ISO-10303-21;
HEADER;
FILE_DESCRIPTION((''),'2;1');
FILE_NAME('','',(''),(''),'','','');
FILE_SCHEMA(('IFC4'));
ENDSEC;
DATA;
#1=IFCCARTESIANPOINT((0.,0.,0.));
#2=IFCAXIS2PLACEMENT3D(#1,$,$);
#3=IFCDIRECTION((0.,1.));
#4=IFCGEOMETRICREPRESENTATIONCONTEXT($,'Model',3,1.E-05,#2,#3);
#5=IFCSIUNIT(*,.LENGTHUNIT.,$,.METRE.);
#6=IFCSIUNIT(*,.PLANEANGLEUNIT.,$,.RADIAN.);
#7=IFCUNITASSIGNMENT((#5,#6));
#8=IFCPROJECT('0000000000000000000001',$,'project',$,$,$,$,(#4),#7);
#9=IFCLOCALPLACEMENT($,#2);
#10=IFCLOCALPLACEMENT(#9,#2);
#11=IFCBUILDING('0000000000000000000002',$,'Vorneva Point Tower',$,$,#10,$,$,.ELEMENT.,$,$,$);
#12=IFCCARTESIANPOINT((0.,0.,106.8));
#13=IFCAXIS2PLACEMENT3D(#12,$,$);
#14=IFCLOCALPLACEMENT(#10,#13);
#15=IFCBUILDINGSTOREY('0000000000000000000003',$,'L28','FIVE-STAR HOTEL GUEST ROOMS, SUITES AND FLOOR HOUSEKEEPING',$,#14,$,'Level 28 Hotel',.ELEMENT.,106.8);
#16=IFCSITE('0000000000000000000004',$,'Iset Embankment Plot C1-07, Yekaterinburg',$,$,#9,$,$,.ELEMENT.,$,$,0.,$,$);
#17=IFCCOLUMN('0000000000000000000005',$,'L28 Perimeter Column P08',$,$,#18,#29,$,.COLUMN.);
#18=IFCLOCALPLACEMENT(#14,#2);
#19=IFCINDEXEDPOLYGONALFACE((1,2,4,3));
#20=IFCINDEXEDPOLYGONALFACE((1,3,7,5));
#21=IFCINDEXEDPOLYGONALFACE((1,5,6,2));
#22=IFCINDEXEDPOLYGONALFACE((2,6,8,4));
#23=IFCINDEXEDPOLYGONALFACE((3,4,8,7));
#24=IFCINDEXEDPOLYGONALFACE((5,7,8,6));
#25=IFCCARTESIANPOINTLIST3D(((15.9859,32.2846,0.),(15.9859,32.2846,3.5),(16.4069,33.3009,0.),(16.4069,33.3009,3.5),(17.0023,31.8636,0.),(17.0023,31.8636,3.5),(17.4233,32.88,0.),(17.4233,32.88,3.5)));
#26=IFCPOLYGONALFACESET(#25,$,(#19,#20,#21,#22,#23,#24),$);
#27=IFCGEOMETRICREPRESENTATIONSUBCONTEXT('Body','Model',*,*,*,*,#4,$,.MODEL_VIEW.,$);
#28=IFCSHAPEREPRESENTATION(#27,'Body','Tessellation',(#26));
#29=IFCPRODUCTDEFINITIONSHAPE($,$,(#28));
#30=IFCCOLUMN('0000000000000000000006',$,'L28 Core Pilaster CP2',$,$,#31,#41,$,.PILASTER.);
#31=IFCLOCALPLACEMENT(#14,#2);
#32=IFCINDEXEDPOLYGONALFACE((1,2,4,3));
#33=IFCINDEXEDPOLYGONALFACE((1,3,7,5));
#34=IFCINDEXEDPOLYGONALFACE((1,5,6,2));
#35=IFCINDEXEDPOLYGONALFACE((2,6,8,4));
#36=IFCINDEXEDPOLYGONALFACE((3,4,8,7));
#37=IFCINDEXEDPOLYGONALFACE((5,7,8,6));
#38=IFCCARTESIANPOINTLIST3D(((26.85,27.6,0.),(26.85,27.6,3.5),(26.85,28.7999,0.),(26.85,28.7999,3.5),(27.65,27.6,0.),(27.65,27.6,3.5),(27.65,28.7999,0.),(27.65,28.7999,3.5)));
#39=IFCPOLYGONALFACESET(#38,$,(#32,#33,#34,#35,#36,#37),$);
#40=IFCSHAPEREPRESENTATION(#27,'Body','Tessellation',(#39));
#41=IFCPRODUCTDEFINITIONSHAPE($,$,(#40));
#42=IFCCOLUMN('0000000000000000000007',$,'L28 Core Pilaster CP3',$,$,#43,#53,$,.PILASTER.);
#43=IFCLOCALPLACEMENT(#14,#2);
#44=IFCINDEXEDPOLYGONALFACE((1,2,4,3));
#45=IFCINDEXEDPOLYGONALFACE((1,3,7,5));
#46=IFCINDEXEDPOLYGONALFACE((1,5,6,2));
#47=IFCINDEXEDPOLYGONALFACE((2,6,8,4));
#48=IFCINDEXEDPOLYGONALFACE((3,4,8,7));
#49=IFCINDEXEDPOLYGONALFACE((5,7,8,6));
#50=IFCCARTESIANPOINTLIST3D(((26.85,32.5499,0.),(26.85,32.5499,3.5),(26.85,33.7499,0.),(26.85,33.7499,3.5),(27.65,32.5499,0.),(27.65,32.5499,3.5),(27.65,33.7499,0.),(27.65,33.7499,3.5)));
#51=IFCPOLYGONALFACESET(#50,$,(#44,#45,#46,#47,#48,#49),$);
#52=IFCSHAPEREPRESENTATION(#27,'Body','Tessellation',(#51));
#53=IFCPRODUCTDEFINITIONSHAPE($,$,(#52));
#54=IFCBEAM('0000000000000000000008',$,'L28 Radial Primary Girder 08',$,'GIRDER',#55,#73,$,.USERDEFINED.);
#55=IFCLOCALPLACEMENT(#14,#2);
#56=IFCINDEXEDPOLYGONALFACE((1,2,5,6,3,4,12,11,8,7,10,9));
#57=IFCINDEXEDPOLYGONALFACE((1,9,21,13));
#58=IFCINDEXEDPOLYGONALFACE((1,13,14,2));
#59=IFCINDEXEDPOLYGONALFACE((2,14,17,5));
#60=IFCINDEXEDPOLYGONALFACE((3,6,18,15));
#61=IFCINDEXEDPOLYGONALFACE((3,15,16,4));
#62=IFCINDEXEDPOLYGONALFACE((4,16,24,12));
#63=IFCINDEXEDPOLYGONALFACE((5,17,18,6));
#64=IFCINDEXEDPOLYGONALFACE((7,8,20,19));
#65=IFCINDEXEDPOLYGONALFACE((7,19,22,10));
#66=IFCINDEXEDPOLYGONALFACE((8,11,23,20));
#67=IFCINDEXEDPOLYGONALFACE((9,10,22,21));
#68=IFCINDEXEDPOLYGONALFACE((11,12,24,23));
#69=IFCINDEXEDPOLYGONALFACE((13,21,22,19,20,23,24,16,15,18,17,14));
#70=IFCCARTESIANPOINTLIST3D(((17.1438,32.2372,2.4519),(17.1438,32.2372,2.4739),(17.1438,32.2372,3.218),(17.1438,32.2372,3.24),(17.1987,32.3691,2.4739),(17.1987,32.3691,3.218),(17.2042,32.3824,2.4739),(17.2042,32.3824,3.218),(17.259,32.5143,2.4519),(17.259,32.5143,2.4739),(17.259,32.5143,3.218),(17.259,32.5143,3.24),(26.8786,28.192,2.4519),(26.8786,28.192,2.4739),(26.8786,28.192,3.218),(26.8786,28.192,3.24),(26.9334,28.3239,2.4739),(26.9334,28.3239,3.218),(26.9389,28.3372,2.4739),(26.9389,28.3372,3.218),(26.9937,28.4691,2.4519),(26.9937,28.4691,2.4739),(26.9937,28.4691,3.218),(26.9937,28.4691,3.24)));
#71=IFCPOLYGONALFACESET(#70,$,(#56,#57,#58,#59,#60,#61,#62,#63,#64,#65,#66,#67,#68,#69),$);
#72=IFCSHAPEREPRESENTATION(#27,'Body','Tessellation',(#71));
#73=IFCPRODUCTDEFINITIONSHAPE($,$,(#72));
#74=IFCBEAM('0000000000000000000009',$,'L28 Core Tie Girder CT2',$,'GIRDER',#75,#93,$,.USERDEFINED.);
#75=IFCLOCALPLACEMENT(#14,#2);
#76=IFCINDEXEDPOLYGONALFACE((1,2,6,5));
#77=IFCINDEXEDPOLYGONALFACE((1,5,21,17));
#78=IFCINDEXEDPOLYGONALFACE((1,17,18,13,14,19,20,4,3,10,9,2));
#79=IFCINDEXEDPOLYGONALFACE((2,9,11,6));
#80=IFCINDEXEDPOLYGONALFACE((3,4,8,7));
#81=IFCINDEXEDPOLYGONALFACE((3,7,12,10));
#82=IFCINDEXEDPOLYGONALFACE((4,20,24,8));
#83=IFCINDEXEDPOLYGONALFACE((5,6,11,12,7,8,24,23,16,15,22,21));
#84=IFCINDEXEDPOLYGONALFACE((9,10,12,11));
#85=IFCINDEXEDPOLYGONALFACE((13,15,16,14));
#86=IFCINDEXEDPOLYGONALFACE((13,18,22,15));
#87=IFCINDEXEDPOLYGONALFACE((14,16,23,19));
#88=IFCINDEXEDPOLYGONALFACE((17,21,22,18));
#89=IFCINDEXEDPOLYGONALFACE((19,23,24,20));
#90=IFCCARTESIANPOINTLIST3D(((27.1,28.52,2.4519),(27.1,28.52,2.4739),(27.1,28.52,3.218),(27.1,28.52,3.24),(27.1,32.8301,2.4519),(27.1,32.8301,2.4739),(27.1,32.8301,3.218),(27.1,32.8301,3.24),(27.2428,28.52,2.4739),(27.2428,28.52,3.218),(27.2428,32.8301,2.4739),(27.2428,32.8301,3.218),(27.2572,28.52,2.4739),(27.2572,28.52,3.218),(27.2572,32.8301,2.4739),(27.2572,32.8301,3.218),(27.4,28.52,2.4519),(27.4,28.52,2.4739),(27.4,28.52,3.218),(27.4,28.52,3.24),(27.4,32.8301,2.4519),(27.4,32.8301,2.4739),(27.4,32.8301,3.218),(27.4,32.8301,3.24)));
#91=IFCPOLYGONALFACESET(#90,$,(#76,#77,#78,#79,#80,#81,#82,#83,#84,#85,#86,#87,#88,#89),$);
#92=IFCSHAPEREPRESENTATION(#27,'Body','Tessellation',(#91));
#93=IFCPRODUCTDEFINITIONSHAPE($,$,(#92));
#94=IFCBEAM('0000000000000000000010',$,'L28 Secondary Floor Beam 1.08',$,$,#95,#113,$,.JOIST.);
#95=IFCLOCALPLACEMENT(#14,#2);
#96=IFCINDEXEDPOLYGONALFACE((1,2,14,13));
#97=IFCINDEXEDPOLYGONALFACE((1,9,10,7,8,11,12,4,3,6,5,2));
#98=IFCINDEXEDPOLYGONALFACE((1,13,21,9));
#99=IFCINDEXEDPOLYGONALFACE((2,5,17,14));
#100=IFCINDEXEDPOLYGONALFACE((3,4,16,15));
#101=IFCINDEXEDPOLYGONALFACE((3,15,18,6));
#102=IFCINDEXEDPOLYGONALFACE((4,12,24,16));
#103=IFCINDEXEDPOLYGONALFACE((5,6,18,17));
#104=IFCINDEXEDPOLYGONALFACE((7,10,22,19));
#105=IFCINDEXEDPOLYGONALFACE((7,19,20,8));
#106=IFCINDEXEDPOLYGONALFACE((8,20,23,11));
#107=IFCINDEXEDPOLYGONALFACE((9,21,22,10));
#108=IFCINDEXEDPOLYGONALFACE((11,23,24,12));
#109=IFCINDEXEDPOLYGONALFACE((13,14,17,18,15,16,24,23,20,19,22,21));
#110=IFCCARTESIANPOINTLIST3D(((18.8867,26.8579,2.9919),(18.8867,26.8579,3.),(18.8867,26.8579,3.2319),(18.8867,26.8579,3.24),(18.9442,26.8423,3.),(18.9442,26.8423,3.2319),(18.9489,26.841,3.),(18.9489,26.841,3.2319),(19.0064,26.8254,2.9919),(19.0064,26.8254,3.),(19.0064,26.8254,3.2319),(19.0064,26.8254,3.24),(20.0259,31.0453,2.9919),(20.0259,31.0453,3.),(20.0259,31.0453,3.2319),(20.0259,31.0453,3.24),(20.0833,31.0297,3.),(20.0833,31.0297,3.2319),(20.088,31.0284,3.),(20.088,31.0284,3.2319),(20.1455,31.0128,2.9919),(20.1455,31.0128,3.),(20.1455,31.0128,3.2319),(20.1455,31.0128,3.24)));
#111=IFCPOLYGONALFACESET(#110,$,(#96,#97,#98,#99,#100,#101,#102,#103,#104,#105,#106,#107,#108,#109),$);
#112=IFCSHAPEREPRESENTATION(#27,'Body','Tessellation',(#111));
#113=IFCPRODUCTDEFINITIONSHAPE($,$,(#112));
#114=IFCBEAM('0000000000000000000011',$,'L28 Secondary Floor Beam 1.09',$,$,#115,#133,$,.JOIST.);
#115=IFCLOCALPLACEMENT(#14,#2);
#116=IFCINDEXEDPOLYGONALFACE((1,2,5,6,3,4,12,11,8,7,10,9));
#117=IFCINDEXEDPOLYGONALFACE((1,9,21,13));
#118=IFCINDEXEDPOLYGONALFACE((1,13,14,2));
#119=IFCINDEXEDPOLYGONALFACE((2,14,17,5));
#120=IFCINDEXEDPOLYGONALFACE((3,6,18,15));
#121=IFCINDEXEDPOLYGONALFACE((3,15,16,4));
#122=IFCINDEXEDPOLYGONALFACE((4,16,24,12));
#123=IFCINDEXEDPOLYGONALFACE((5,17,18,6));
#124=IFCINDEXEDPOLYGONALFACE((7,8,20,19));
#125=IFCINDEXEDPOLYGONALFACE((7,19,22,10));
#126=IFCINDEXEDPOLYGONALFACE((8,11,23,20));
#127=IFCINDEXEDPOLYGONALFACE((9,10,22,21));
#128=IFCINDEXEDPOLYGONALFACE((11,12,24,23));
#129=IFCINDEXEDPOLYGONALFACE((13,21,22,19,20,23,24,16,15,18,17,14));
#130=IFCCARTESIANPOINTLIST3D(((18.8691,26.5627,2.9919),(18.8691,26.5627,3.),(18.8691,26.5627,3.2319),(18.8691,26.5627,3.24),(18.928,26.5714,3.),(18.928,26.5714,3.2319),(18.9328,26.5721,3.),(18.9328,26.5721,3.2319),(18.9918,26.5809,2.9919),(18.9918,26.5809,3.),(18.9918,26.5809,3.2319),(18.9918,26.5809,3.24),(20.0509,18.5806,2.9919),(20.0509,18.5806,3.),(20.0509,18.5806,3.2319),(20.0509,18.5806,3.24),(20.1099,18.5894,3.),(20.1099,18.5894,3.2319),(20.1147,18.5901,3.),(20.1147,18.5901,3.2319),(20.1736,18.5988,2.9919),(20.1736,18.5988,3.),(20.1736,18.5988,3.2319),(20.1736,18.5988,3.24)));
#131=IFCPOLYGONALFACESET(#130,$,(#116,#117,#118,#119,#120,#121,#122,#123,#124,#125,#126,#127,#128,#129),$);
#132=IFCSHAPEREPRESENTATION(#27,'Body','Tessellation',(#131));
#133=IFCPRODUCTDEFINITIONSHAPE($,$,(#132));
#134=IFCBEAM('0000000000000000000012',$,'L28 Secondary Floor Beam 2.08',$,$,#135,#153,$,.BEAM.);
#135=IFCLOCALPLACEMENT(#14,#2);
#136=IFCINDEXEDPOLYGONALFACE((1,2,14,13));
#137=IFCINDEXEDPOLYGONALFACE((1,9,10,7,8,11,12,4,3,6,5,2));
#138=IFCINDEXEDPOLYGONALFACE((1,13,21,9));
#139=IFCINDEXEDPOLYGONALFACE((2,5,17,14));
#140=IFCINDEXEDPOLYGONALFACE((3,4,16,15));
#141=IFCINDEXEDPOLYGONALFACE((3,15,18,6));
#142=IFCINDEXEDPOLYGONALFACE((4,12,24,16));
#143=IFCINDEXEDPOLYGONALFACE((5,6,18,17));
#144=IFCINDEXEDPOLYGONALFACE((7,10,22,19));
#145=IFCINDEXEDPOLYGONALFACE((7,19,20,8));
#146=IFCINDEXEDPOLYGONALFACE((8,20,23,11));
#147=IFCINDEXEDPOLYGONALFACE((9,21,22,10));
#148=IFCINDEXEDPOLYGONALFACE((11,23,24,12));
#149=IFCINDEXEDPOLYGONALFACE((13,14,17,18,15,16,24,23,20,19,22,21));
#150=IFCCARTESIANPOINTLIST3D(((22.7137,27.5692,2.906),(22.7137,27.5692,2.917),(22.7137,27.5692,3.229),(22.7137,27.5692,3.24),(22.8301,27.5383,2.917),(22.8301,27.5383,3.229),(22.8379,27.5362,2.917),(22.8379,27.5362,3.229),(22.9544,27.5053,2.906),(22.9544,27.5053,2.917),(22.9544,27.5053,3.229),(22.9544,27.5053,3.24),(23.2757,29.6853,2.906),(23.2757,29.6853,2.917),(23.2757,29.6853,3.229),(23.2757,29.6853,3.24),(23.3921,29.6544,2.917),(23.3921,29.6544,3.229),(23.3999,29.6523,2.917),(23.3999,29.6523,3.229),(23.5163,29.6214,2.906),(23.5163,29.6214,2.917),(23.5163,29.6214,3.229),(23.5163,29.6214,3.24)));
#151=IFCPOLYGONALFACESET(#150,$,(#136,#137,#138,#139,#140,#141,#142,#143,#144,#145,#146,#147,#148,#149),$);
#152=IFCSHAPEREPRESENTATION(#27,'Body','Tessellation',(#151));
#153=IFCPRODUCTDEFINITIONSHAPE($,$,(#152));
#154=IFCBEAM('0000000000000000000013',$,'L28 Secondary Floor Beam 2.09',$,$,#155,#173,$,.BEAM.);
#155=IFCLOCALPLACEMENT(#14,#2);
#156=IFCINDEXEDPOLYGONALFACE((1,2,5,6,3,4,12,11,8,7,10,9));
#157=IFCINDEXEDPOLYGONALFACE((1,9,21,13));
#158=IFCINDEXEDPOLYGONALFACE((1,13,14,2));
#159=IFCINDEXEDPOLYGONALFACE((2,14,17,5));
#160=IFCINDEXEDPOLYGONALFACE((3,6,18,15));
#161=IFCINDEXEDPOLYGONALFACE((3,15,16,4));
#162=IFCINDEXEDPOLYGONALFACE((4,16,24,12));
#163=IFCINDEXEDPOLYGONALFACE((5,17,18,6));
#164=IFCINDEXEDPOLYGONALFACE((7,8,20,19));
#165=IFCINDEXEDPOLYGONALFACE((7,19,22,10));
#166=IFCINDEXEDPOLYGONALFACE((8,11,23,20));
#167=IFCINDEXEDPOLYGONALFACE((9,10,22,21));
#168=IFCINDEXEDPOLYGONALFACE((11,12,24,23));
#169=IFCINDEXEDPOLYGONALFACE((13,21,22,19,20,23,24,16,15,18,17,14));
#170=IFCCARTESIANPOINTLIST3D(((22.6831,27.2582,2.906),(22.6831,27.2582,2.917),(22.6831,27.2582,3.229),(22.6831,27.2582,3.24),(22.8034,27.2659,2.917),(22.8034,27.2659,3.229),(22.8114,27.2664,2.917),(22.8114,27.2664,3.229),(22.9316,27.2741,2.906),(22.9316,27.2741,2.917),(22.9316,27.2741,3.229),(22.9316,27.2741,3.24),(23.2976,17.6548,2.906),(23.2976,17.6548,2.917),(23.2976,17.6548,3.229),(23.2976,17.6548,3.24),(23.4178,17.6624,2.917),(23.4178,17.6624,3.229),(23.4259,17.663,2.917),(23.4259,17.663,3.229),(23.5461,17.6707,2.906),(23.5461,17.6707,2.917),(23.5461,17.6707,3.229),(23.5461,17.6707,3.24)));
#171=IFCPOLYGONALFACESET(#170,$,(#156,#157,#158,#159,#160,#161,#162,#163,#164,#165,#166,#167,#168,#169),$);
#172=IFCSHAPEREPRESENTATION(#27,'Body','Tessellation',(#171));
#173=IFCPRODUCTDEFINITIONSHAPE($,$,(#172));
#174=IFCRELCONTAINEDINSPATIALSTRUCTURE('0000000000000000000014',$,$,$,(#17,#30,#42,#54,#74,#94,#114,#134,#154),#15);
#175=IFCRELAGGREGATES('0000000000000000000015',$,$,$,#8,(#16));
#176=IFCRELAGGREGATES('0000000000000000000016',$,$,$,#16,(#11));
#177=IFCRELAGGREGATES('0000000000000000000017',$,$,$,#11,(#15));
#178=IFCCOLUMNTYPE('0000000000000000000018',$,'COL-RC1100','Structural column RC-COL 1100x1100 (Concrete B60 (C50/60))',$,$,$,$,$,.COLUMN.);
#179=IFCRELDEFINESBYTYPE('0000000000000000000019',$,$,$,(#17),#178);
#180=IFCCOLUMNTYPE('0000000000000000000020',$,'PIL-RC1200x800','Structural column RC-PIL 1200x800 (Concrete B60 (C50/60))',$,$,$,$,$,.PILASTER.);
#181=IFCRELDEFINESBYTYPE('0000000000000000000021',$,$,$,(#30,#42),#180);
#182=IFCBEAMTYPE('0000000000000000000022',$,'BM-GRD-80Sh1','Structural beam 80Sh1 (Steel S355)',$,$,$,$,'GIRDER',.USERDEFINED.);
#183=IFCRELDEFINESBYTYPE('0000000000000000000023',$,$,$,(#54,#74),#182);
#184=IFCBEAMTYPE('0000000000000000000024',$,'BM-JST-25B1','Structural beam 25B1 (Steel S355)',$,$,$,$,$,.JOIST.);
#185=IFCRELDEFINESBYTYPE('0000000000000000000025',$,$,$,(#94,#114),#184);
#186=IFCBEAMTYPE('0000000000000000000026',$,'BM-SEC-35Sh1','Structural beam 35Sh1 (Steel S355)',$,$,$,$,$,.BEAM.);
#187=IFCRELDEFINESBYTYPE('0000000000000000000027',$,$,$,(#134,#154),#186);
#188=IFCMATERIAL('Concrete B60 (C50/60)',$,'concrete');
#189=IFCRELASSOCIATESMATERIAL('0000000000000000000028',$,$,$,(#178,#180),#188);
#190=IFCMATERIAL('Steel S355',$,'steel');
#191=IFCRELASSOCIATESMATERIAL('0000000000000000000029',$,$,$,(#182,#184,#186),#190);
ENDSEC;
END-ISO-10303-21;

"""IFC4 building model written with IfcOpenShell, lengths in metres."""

from ifc_helpers import new_model, si_unit, direction, frame, origin, origin_2d, place, context, subcontext, project, spatial, rectangle, i_section, extrude, material, material_profile, profile_set, type_object, element, save


model = new_model("IFC4")

# Units and contexts
model_context = context("Model", 3, precision=1e-05, world=origin(), true_north=direction((0.0, 1.0)))
body_context = subcontext(model_context, "Body", "Model", "MODEL_VIEW")
ifc_project = project(units=[si_unit("LENGTHUNIT", "METRE"), si_unit("PLANEANGLEUNIT", "RADIAN")], contexts=[model_context])

# Site, building, storey
site_placement = place(None, origin())
site = spatial("IfcSite", under=ifc_project, at=site_placement, Name="Iset Embankment Plot C1-07, Yekaterinburg", CompositionType="ELEMENT", RefElevation=0.0)
building_placement = place(site_placement, origin())
building = spatial("IfcBuilding", under=site, at=building_placement, Name="Vorneva Point Tower", CompositionType="ELEMENT")
storey_placement = place(building_placement, frame((0.0, 0.0, 106.8)))
storey = spatial("IfcBuildingStorey", under=building, at=storey_placement, Name="L28", Description="FIVE-STAR HOTEL GUEST ROOMS, SUITES AND FLOOR HOUSEKEEPING", LongName="Level 28 Hotel", CompositionType="ELEMENT", Elevation=106.8)

# Columns
ifc_material_1 = material(Name="Concrete B60 (C50/60)", Category="concrete")
ifc_material_profile_1 = material_profile(ifc_material_1, rectangle(XDim=1.1001, YDim=1.1001, at=origin_2d()), Name="RC-COL 1100x1100")
ifc_profile_set_1 = profile_set([ifc_material_profile_1], Name="Concrete B60 (C50/60)")
column_type_1 = type_object("IfcColumnType", Name="COL-RC1100", Description="Structural column RC-COL 1100x1100 (Concrete B60 (C50/60))", PredefinedType="COLUMN", material=ifc_profile_set_1)
column_placement = place(storey_placement, frame((16.7046, 32.5823, 0.0), z_axis=(0.0, 0.0, 1.0), x_axis=(-0.92388, 0.382683, 0.0)))
element("IfcColumn", 1, at=column_placement, inside=storey, type_object=column_type_1, Name="L28 Perimeter Column P08", PredefinedType="COLUMN", context=body_context, shape_type="SweptSolid", body=[
    extrude(rectangle(XDim=1.1001, YDim=1.1001, at=origin_2d()), origin(), (0.0, 0.0, 1.0), 3.5),
])
ifc_material_profile_2 = material_profile(ifc_material_1, rectangle(XDim=0.8, YDim=1.2, at=origin_2d()), Name="RC-PIL 1200x800")
ifc_profile_set_2 = profile_set([ifc_material_profile_2], Name="Concrete B60 (C50/60)")
column_type_2 = type_object("IfcColumnType", Name="PIL-RC1200x800", Description="Structural column RC-PIL 1200x800 (Concrete B60 (C50/60))", PredefinedType="PILASTER", material=ifc_profile_set_2)
for number, where, z_axis, x_axis, name in (
    (2, (27.25, 28.2, 0.0), (0.0, 0.0, 1.0), (1.0, 0.0, 0.0), "L28 Core Pilaster CP2"),
    (3, (27.25, 33.1499, 0.0), (0.0, 0.0, 1.0), (1.0, 0.0, 0.0), "L28 Core Pilaster CP3"),
):
    element("IfcColumn", number, at=place(storey_placement, frame(where, z_axis=z_axis, x_axis=x_axis)), inside=storey, type_object=column_type_2, Name=name, PredefinedType="PILASTER", context=body_context, shape_type="SweptSolid", body=[
        extrude(rectangle(XDim=0.8, YDim=1.2, at=origin_2d()), origin(), (0.0, 0.0, 1.0), 3.5),
    ])

# Beams
ifc_material_2 = material(Name="Steel S355", Category="steel")
ifc_material_profile_3 = material_profile(ifc_material_2, i_section(OverallWidth=0.3, OverallDepth=0.7881, WebThickness=0.0144, FlangeThickness=0.022, at=origin_2d()), Name="80Sh1")
ifc_profile_set_3 = profile_set([ifc_material_profile_3], Name="Steel S355")
beam_type_1 = type_object("IfcBeamType", Name="BM-GRD-80Sh1", Description="Structural beam 80Sh1 (Steel S355)", ElementType="GIRDER", PredefinedType="USERDEFINED", material=ifc_profile_set_3)
beam_1_placement = place(storey_placement, frame((17.2014, 32.3757, 2.8459), z_axis=(0.923444, -0.383732, 0.0), x_axis=(0.383732, 0.923444, 0.0)))
element("IfcBeam", 4, at=beam_1_placement, inside=storey, type_object=beam_type_1, Name="L28 Radial Primary Girder 08", ObjectType="GIRDER", PredefinedType="USERDEFINED", context=body_context, shape_type="SweptSolid", body=[
    extrude(i_section(OverallWidth=0.3, OverallDepth=0.7881, WebThickness=0.0144, FlangeThickness=0.022, at=origin_2d()), origin(), (0.0, 0.0, 1.0), 10.5417),
])
beam_2_placement = place(storey_placement, frame((27.25, 28.52, 2.8459), z_axis=(0.0, 1.0, 0.0), x_axis=(-1.0, 0.0, 0.0)))
element("IfcBeam", 5, at=beam_2_placement, inside=storey, type_object=beam_type_1, Name="L28 Core Tie Girder CT2", ObjectType="GIRDER", PredefinedType="USERDEFINED", context=body_context, shape_type="SweptSolid", body=[
    extrude(i_section(OverallWidth=0.3, OverallDepth=0.7881, WebThickness=0.0144, FlangeThickness=0.022, at=origin_2d()), origin(), (0.0, 0.0, 1.0), 4.3101),
])
ifc_material_profile_4 = material_profile(ifc_material_2, i_section(OverallWidth=0.124, OverallDepth=0.248, WebThickness=0.0049, FlangeThickness=0.0081, at=origin_2d()), Name="25B1")
ifc_profile_set_4 = profile_set([ifc_material_profile_4], Name="Steel S355")
beam_type_2 = type_object("IfcBeamType", Name="BM-JST-25B1", Description="Structural beam 25B1 (Steel S355)", PredefinedType="JOIST", material=ifc_profile_set_4)
beam_3_placement = place(storey_placement, frame((20.0857, 31.0291, 3.116), z_axis=(-0.262499, -0.964932, 0.0), x_axis=(0.964932, -0.262499, 0.0)))
element("IfcBeam", 6, at=beam_3_placement, inside=storey, type_object=beam_type_2, Name="L28 Secondary Floor Beam 1.08", PredefinedType="JOIST", context=body_context, shape_type="SweptSolid", body=[
    extrude(i_section(OverallWidth=0.124, OverallDepth=0.248, WebThickness=0.0049, FlangeThickness=0.0081, at=origin_2d()), origin(), (0.0, 0.0, 1.0), 4.3396),
])
beam_4_placement = place(storey_placement, frame((18.9304, 26.5718, 3.116), z_axis=(0.146469, -0.989215, 0.0), x_axis=(0.989215, 0.146469, 0.0)))
element("IfcBeam", 7, at=beam_4_placement, inside=storey, type_object=beam_type_2, Name="L28 Secondary Floor Beam 1.09", PredefinedType="JOIST", context=body_context, shape_type="SweptSolid", body=[
    extrude(i_section(OverallWidth=0.124, OverallDepth=0.248, WebThickness=0.0049, FlangeThickness=0.0081, at=origin_2d()), origin(), (0.0, 0.0, 1.0), 8.0691),
])
ifc_material_profile_5 = material_profile(ifc_material_2, i_section(OverallWidth=0.249, OverallDepth=0.334, WebThickness=0.0081, FlangeThickness=0.011, at=origin_2d()), Name="35Sh1")
ifc_profile_set_5 = profile_set([ifc_material_profile_5], Name="Steel S355")
beam_type_3 = type_object("IfcBeamType", Name="BM-SEC-35Sh1", Description="Structural beam 35Sh1 (Steel S355)", PredefinedType="BEAM", material=ifc_profile_set_5)
beam_5_placement = place(storey_placement, frame((23.396, 29.6533, 3.073), z_axis=(-0.256677, -0.966497, 0.0), x_axis=(0.966497, -0.256677, 0.0)))
element("IfcBeam", 8, at=beam_5_placement, inside=storey, type_object=beam_type_3, Name="L28 Secondary Floor Beam 2.08", PredefinedType="BEAM", context=body_context, shape_type="SweptSolid", body=[
    extrude(i_section(OverallWidth=0.249, OverallDepth=0.334, WebThickness=0.0081, FlangeThickness=0.011, at=origin_2d()), origin(), (0.0, 0.0, 1.0), 2.1895),
])
beam_6_placement = place(storey_placement, frame((22.8074, 27.2661, 3.073), z_axis=(0.063857, -0.997959, 0.0), x_axis=(0.997959, 0.063857, 0.0)))
element("IfcBeam", 9, at=beam_6_placement, inside=storey, type_object=beam_type_3, Name="L28 Secondary Floor Beam 2.09", PredefinedType="BEAM", context=body_context, shape_type="SweptSolid", body=[
    extrude(i_section(OverallWidth=0.249, OverallDepth=0.334, WebThickness=0.0081, FlangeThickness=0.011, at=origin_2d()), origin(), (0.0, 0.0, 1.0), 9.623),
])

save(model, "model.ifc")
